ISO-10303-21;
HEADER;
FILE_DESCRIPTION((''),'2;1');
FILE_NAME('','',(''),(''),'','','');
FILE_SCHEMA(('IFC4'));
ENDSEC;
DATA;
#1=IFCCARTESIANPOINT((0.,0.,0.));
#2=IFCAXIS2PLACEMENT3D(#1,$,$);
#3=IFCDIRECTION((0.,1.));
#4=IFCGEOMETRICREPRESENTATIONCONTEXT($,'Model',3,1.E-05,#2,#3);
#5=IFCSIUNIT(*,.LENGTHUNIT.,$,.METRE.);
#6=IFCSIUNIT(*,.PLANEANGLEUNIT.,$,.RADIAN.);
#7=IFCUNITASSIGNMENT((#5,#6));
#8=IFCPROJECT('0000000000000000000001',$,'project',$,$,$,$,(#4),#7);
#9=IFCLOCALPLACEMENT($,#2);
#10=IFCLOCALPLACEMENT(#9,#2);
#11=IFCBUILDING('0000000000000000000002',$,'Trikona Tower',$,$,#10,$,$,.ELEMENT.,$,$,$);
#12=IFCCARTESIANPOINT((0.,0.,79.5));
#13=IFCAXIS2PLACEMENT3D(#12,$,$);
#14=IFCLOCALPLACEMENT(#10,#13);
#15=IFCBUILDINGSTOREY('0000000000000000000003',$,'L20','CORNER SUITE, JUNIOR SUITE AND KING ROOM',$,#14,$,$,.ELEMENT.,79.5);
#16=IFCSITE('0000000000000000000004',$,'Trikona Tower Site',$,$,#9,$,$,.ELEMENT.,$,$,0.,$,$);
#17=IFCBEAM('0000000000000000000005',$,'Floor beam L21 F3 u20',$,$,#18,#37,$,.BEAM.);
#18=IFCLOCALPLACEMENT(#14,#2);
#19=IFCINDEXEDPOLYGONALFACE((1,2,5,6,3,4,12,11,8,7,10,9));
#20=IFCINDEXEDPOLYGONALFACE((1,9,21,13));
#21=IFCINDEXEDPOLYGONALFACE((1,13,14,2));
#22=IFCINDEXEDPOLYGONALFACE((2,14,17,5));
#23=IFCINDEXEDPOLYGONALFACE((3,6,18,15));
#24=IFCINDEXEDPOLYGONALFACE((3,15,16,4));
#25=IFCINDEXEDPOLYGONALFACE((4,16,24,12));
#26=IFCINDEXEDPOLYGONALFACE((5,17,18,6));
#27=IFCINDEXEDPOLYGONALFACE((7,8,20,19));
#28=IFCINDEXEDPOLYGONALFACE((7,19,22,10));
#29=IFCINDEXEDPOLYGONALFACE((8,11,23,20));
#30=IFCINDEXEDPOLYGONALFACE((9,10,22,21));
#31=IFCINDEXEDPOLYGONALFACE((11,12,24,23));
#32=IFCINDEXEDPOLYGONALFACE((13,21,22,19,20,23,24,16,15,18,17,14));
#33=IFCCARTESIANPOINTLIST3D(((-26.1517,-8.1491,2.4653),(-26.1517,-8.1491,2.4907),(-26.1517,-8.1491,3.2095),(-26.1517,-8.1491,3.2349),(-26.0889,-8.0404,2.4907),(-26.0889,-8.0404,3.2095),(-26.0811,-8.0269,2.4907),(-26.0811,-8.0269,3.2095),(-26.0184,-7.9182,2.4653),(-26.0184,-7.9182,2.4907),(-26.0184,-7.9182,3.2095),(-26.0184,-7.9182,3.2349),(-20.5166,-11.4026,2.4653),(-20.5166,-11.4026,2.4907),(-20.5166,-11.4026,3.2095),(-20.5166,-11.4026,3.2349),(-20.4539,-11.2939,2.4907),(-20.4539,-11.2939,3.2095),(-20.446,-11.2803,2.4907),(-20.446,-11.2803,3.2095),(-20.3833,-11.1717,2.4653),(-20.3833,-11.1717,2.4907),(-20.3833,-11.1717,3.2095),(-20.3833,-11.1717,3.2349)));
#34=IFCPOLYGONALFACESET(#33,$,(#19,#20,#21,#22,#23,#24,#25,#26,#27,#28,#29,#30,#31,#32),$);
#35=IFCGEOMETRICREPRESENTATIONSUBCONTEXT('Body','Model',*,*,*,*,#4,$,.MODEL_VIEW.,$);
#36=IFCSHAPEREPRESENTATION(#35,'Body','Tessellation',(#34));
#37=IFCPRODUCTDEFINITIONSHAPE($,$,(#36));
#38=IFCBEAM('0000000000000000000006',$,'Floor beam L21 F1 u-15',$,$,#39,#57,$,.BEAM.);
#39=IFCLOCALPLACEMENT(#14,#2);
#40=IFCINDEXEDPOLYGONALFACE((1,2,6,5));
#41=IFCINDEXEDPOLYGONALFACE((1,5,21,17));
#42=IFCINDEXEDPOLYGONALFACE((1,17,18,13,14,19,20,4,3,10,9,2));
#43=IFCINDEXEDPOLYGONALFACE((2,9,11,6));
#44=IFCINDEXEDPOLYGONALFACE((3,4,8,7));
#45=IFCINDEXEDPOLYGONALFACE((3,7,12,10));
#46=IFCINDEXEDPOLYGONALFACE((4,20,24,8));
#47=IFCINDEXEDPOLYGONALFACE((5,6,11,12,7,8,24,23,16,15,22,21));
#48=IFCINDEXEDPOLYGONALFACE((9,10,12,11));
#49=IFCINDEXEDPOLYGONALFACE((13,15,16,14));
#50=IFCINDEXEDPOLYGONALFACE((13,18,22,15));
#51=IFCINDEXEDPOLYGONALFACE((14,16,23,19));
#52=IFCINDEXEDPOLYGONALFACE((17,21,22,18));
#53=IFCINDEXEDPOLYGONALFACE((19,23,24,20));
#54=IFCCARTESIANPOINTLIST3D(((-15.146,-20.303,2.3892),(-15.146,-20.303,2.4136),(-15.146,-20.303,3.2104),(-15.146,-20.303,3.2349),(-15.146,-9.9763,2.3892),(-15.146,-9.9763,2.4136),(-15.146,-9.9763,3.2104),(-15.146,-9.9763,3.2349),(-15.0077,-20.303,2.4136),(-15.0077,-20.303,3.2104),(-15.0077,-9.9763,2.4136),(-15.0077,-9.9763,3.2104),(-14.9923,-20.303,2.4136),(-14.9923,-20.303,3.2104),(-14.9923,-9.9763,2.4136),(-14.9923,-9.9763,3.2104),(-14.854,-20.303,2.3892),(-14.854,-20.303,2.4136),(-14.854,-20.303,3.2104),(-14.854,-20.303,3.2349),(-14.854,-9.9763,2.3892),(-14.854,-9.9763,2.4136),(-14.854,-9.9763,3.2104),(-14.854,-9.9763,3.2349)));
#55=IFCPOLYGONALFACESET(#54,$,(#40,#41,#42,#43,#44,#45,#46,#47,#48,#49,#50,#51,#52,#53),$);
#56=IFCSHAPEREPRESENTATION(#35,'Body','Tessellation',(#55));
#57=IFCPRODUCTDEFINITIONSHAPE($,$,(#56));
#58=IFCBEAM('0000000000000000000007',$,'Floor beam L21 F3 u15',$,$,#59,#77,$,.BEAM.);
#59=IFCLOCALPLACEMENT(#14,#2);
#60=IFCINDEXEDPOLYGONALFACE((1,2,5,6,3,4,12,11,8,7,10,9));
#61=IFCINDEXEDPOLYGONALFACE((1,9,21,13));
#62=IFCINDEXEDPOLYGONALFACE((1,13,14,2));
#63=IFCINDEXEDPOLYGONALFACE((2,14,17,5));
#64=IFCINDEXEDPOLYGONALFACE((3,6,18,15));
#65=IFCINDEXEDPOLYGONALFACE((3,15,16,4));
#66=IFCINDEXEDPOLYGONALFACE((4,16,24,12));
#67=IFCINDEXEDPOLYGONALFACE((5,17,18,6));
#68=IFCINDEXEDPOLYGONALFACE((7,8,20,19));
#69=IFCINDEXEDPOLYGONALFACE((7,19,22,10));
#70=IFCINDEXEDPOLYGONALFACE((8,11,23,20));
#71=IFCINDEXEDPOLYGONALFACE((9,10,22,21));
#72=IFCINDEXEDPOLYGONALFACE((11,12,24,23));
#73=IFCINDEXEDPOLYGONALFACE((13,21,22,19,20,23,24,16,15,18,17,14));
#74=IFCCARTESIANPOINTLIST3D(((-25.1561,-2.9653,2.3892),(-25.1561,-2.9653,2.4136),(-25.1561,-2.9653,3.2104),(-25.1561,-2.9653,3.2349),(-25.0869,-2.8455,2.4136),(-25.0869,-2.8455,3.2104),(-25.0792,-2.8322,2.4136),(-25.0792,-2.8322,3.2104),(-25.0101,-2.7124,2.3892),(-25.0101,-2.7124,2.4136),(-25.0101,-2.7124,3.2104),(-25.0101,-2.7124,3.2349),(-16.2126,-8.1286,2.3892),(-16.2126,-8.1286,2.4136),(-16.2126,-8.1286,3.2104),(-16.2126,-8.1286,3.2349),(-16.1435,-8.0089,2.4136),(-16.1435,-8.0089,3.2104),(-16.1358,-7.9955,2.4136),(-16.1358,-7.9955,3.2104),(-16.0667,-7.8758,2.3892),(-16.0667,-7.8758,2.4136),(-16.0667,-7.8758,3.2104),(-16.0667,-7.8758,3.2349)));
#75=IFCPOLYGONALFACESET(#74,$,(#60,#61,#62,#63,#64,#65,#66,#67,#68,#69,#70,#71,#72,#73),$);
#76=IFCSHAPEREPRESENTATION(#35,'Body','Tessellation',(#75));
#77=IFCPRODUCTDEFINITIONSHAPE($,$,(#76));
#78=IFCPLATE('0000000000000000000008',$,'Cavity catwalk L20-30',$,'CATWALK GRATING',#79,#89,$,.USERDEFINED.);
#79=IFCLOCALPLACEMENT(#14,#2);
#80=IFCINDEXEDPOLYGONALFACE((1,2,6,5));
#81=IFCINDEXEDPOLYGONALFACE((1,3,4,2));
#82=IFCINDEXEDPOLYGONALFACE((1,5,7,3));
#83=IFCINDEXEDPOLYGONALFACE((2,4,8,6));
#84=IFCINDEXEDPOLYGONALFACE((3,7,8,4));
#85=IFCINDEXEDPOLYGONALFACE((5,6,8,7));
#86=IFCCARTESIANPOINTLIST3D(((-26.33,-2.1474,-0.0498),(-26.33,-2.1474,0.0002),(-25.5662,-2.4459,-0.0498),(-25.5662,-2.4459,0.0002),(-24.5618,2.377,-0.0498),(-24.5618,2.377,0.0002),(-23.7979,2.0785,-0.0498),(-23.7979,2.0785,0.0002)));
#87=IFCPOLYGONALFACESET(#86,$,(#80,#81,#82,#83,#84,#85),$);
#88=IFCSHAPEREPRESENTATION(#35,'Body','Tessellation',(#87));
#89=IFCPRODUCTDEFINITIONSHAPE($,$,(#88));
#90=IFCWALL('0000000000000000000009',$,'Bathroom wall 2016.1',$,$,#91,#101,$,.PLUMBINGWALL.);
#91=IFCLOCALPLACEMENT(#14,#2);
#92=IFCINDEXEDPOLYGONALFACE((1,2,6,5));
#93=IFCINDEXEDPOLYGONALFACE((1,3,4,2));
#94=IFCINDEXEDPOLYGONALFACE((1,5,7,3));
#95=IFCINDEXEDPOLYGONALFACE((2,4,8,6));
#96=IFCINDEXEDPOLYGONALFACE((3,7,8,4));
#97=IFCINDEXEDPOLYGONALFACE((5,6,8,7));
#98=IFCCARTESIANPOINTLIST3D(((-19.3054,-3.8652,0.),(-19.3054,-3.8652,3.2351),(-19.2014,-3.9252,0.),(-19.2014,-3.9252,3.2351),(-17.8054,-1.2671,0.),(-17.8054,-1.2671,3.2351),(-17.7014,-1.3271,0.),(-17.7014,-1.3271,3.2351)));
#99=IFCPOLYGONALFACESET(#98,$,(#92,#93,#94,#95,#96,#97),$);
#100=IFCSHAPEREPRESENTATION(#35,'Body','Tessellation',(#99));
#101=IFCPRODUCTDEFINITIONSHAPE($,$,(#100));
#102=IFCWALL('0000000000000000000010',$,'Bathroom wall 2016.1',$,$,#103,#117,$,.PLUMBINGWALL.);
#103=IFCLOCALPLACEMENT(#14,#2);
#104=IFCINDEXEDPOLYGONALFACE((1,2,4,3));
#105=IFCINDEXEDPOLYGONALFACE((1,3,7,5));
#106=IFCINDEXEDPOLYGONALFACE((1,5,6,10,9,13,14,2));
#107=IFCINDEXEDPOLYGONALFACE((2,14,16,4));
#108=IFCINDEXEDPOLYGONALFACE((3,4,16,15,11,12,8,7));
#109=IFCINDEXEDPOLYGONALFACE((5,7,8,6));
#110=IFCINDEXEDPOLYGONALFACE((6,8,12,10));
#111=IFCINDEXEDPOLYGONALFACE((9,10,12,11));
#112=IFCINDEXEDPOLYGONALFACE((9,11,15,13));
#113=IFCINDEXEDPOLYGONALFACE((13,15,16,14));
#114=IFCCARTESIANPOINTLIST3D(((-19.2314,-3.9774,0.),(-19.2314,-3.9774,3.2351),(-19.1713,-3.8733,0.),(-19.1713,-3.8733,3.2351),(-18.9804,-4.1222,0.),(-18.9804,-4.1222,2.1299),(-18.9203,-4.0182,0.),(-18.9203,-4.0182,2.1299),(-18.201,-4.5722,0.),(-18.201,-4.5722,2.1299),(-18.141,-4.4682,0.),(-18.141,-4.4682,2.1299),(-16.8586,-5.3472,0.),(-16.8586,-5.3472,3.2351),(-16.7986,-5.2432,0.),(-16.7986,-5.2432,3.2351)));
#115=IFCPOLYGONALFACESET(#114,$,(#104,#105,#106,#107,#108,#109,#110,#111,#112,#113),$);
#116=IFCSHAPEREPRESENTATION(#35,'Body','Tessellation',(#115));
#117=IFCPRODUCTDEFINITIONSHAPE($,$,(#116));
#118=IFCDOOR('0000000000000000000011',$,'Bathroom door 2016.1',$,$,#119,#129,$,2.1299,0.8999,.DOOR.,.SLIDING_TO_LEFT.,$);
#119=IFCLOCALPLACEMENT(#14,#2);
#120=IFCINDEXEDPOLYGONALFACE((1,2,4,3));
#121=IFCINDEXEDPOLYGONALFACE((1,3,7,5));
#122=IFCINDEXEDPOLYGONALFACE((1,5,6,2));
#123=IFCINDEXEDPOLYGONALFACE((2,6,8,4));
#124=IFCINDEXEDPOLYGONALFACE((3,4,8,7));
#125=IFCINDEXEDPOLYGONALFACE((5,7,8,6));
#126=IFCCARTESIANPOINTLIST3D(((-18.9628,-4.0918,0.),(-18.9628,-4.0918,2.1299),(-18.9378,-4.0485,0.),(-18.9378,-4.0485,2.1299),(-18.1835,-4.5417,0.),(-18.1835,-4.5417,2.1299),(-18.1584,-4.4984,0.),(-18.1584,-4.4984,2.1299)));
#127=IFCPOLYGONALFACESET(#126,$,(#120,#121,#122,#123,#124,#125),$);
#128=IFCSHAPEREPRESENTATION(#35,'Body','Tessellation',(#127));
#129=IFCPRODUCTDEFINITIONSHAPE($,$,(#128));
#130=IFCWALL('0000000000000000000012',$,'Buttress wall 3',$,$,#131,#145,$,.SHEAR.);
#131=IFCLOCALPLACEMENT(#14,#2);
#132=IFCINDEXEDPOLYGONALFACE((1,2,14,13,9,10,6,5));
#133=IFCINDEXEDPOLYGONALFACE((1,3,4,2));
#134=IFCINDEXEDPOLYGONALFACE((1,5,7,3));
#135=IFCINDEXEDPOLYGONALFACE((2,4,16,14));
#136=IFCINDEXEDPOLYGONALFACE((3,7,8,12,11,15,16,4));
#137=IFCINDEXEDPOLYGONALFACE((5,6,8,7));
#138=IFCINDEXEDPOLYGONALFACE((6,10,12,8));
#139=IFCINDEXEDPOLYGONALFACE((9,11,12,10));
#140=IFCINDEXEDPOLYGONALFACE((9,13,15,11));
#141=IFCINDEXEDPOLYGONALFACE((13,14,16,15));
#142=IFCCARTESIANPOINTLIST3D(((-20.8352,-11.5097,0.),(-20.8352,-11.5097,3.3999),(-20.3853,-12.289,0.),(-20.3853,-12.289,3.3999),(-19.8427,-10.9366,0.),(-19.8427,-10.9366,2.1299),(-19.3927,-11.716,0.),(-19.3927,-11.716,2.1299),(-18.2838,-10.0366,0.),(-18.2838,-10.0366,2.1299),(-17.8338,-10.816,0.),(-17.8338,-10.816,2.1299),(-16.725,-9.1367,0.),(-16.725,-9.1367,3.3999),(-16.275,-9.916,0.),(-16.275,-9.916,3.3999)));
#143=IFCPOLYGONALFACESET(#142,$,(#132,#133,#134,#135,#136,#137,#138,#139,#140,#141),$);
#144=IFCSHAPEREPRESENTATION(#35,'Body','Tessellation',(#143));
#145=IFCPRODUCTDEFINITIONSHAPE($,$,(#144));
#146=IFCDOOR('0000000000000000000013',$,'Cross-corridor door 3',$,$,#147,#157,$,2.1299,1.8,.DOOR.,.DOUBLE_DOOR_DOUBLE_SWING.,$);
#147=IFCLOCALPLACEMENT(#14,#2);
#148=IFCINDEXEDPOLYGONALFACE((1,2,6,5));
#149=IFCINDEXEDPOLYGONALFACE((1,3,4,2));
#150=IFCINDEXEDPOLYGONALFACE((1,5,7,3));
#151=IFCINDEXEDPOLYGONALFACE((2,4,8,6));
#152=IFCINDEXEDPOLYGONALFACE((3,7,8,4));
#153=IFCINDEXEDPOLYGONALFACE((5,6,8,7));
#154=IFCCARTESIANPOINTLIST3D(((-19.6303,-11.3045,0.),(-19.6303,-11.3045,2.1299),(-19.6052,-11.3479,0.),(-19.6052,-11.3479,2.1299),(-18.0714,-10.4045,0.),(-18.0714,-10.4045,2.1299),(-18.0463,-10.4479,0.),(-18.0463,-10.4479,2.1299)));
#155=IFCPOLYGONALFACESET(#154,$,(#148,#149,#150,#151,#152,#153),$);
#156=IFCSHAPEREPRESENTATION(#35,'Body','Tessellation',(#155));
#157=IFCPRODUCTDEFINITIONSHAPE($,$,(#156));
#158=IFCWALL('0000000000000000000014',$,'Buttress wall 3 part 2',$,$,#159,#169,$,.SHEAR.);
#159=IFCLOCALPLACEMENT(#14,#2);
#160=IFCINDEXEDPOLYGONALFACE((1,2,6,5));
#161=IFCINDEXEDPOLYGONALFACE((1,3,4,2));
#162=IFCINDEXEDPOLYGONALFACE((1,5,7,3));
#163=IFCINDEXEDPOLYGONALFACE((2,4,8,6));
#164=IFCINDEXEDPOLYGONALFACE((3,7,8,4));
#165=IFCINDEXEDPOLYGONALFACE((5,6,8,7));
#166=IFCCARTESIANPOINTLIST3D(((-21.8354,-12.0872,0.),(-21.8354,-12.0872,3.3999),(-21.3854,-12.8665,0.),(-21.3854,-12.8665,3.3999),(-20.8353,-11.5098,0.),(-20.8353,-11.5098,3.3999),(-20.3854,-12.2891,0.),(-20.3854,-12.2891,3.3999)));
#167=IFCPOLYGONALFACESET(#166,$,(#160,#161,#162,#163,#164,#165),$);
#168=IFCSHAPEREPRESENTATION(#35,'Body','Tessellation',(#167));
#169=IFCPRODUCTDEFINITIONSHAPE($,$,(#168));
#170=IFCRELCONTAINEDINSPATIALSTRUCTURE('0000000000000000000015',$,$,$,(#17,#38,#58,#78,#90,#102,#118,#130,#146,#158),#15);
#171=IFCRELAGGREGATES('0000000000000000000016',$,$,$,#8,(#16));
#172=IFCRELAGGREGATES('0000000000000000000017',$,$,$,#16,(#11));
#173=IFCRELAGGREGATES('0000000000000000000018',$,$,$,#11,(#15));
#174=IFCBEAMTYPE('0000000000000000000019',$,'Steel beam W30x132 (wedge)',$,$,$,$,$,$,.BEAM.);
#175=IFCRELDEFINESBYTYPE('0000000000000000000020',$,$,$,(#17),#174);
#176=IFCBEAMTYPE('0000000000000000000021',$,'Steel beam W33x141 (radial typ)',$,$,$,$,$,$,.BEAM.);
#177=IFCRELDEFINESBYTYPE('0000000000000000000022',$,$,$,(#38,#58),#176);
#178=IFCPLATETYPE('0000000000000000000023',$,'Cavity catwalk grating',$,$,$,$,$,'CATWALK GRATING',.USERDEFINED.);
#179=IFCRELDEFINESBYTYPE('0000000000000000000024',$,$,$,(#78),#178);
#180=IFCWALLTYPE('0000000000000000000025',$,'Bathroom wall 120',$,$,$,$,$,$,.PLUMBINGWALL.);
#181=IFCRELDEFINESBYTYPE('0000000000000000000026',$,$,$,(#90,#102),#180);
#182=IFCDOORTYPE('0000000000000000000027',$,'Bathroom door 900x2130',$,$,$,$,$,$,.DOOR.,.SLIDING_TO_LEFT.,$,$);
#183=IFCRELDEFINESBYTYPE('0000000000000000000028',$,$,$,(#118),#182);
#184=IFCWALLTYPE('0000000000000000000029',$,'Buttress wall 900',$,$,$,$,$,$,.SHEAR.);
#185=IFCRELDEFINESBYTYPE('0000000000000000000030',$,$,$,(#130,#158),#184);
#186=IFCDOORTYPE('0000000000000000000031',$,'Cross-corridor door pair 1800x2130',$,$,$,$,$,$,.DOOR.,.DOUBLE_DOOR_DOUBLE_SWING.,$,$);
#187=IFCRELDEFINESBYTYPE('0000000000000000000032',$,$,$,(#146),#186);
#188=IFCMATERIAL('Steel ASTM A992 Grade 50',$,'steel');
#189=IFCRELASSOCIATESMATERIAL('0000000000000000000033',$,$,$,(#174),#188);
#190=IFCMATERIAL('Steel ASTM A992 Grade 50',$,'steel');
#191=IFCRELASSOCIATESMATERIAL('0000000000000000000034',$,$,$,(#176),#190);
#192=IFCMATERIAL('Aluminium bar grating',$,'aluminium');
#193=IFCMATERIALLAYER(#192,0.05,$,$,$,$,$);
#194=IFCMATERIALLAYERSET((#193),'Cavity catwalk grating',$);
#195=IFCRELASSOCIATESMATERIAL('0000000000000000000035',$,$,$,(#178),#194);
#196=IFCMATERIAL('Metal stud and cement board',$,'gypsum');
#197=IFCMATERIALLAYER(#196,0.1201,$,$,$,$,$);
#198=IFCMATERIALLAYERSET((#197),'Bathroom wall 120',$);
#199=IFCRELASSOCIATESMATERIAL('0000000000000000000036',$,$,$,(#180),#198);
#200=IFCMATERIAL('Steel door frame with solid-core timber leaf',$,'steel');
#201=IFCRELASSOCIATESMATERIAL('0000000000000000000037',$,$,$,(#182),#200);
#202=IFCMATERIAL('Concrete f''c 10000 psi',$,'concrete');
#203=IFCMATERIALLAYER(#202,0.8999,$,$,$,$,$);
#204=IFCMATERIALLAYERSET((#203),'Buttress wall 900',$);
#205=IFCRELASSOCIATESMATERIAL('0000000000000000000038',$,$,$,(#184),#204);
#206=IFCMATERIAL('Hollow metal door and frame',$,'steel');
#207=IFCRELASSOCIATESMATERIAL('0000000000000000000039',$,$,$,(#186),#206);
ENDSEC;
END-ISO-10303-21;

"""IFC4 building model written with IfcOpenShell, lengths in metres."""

from ifc_helpers import new_model, si_unit, direction, frame, frame_2d, origin, origin_2d, place, context, subcontext, project, spatial, rectangle, i_section, extrude, material, layer, layer_set, material_profile, profile_set, type_object, element, fill, save


model = new_model("IFC4")

# Units and contexts
model_context = context("Model", 3, precision=1e-05, world=origin(), true_north=direction((0.0, 1.0)))
body_context = subcontext(model_context, "Body", "Model", "MODEL_VIEW")
ifc_project = project(units=[si_unit("LENGTHUNIT", "METRE"), si_unit("PLANEANGLEUNIT", "RADIAN")], contexts=[model_context])

# Site, building, storey
site_placement = place(None, origin())
site = spatial("IfcSite", under=ifc_project, at=site_placement, Name="Trikona Tower Site", CompositionType="ELEMENT", RefElevation=0.0)
building_placement = place(site_placement, origin())
building = spatial("IfcBuilding", under=site, at=building_placement, Name="Trikona Tower", CompositionType="ELEMENT")
storey_placement = place(building_placement, frame((0.0, 0.0, 79.5)))
storey = spatial("IfcBuildingStorey", under=building, at=storey_placement, Name="L20", Description="CORNER SUITE, JUNIOR SUITE AND KING ROOM", CompositionType="ELEMENT", Elevation=79.5)

# Beams
ifc_material_1 = material(Name="Steel ASTM A992 Grade 50", Category="steel")
ifc_material_profile_1 = material_profile(ifc_material_1, i_section(OverallWidth=0.2666, OverallDepth=0.7695, WebThickness=0.0156, FlangeThickness=0.0254, at=origin_2d()), Name="W30X132")
ifc_profile_set_1 = profile_set([ifc_material_profile_1], Name="Steel ASTM A992 Grade 50")
beam_type_1 = type_object("IfcBeamType", Name="Steel beam W30x132 (wedge)", PredefinedType="BEAM", material=ifc_profile_set_1)
beam_1_placement = place(storey_placement, frame((-20.45, -11.2871, 2.8501), z_axis=(-0.866023, 0.500005, 0.0), x_axis=(-0.500005, -0.866023, 0.0)))
element("IfcBeam", 1, at=beam_1_placement, inside=storey, type_object=beam_type_1, Name="Floor beam L21 F3 u20", PredefinedType="BEAM", context=body_context, shape_type="SweptSolid", body=[
    extrude(i_section(OverallWidth=0.2666, OverallDepth=0.7695, WebThickness=0.0156, FlangeThickness=0.0254, at=origin_2d()), origin(), (0.0, 0.0, 1.0), 6.5068),
])
ifc_material_2 = material(Name="Steel ASTM A992 Grade 50", Category="steel")
ifc_material_profile_2 = material_profile(ifc_material_2, i_section(OverallWidth=0.292, OverallDepth=0.8457, WebThickness=0.0154, FlangeThickness=0.0244, at=origin_2d()), Name="W33X141")
ifc_profile_set_2 = profile_set([ifc_material_profile_2], Name="Steel ASTM A992 Grade 50")
beam_type_2 = type_object("IfcBeamType", Name="Steel beam W33x141 (radial typ)", PredefinedType="BEAM", material=ifc_profile_set_2)
beam_2_placement = place(storey_placement, frame((-15.0, -9.9763, 2.812), z_axis=(0.0, -1.0, 0.0), x_axis=(1.0, 0.0, 0.0)))
element("IfcBeam", 2, at=beam_2_placement, inside=storey, type_object=beam_type_2, Name="Floor beam L21 F1 u-15", PredefinedType="BEAM", context=body_context, shape_type="SweptSolid", body=[
    extrude(i_section(OverallWidth=0.292, OverallDepth=0.8457, WebThickness=0.0154, FlangeThickness=0.0244, at=origin_2d()), origin(), (0.0, 0.0, 1.0), 10.3267),
])
beam_3_placement = place(storey_placement, frame((-16.1396, -8.0022, 2.812), z_axis=(-0.86603, 0.499991, 0.0), x_axis=(-0.499991, -0.86603, 0.0)))
element("IfcBeam", 3, at=beam_3_placement, inside=storey, type_object=beam_type_2, Name="Floor beam L21 F3 u15", PredefinedType="BEAM", context=body_context, shape_type="SweptSolid", body=[
    extrude(i_section(OverallWidth=0.292, OverallDepth=0.8457, WebThickness=0.0154, FlangeThickness=0.0244, at=origin_2d()), origin(), (0.0, 0.0, 1.0), 10.3269),
])

# Plate
ifc_material_3 = material(Name="Aluminium bar grating", Category="aluminium")
ifc_layer_1 = layer(ifc_material_3, 0.05)
ifc_layer_set_1 = layer_set([ifc_layer_1], Name="Cavity catwalk grating")
plate_type = type_object("IfcPlateType", Name="Cavity catwalk grating", ElementType="CATWALK GRATING", PredefinedType="USERDEFINED", material=ifc_layer_set_1)
plate_placement = place(storey_placement, frame((-25.064, -0.0344, -0.0498), z_axis=(0.0, 0.0, 1.0), x_axis=(-0.364009, -0.931395, 0.0)))
element("IfcPlate", 4, at=plate_placement, inside=storey, type_object=plate_type, Name="Cavity catwalk L20-30", ObjectType="CATWALK GRATING", PredefinedType="USERDEFINED", context=body_context, shape_type="SweptSolid", body=[
    extrude(rectangle(XDim=4.8577, YDim=0.8201, at=origin_2d()), origin(), (0.0, 0.0, 1.0), 0.05),
])

# Wall
ifc_material_4 = material(Name="Metal stud and cement board", Category="gypsum")
ifc_layer_2 = layer(ifc_material_4, 0.1201)
ifc_layer_set_2 = layer_set([ifc_layer_2], Name="Bathroom wall 120")
wall_type_1 = type_object("IfcWallType", Name="Bathroom wall 120", PredefinedType="PLUMBINGWALL", material=ifc_layer_set_2)
wall_1_placement = place(storey_placement, frame((-17.7534, -1.2971, 0.0), z_axis=(0.0, 0.0, 1.0), x_axis=(-0.49999, -0.866031, 0.0)))
element("IfcWall", 5, at=wall_1_placement, inside=storey, type_object=wall_type_1, Name="Bathroom wall 2016.1", PredefinedType="PLUMBINGWALL", context=body_context, shape_type="SweptSolid", body=[
    extrude(rectangle(XDim=3.0, YDim=0.1201, at=frame_2d((1.5, 0.0))), origin(), (0.0, 0.0, 1.0), 3.2351),
])

# Walls, openings, doors
wall_2_placement = place(storey_placement, frame((-16.8286, -5.2952, 0.0), z_axis=(0.0, 0.0, 1.0), x_axis=(-0.866036, 0.499982, 0.0)))
wall_2 = element("IfcWall", 6, at=wall_2_placement, inside=storey, type_object=wall_type_1, Name="Bathroom wall 2016.1", PredefinedType="PLUMBINGWALL", context=body_context, shape_type="SweptSolid", body=[
    extrude(rectangle(XDim=2.7397, YDim=0.1201, at=frame_2d((1.3699, 0.0))), origin(), (0.0, 0.0, 1.0), 3.2351),
])
opening_1_placement = place(wall_2_placement, frame((1.55, 0.0, 0.0)))
opening_1 = element("IfcOpeningElement", 7, at=opening_1_placement, cuts=wall_2, PredefinedType="OPENING", context=body_context, shape_type="SweptSolid", body=[
    extrude(rectangle(XDim=0.8999, YDim=2.1299, at=frame_2d((0.45, 1.0649))), frame((0.0, 0.0701, 0.0), z_axis=(0.0, -1.0, 0.0), x_axis=(1.0, 0.0, 0.0)), (0.0, 0.0, 1.0), 0.1401),
])
ifc_material_5 = material(Name="Steel door frame with solid-core timber leaf", Category="steel")
door_type_1 = type_object("IfcDoorType", Name="Bathroom door 900x2130", OperationType="SLIDING_TO_LEFT", PredefinedType="DOOR", material=ifc_material_5)
door_1_placement = place(opening_1_placement, origin())
door_1 = element("IfcDoor", 8, at=door_1_placement, inside=storey, type_object=door_type_1, Name="Bathroom door 2016.1", OperationType="SLIDING_TO_LEFT", OverallHeight=2.1299, OverallWidth=0.8999, PredefinedType="DOOR", context=body_context, shape_type="SweptSolid", body=[
    extrude(rectangle(XDim=0.8999, YDim=2.1299, at=frame_2d((0.45, 1.0649))), frame((0.0, 0.0249, 0.0), z_axis=(0.0, -1.0, 0.0), x_axis=(1.0, 0.0, 0.0)), (0.0, 0.0, 1.0), 0.05),
])
fill(opening_1, door_1)
ifc_material_6 = material(Name="Concrete f'c 10000 psi", Category="concrete")
ifc_layer_3 = layer(ifc_material_6, 0.8999)
ifc_layer_set_3 = layer_set([ifc_layer_3], Name="Buttress wall 900")
wall_type_2 = type_object("IfcWallType", Name="Buttress wall 900", PredefinedType="SHEAR", material=ifc_layer_set_3)
wall_3_placement = place(storey_placement, frame((-16.5, -9.5264, 0.0), z_axis=(0.0, 0.0, 1.0), x_axis=(-0.866031, -0.49999, 0.0)))
wall_3 = element("IfcWall", 9, at=wall_3_placement, inside=storey, type_object=wall_type_2, Name="Buttress wall 3", PredefinedType="SHEAR", context=body_context, shape_type="SweptSolid", body=[
    extrude(rectangle(XDim=4.7461, YDim=0.8999, at=frame_2d((2.373, 0.0))), origin(), (0.0, 0.0, 1.0), 3.3999),
])
opening_2_placement = place(wall_3_placement, frame((1.8, 0.0, 0.0)))
opening_2 = element("IfcOpeningElement", 10, at=opening_2_placement, cuts=wall_3, PredefinedType="OPENING", context=body_context, shape_type="SweptSolid", body=[
    extrude(rectangle(XDim=1.8, YDim=2.1299, at=frame_2d((0.8999, 1.0649))), frame((0.0, 0.46, 0.0), z_axis=(0.0, -1.0, 0.0), x_axis=(1.0, 0.0, 0.0)), (0.0, 0.0, 1.0), 0.9199),
])
ifc_material_7 = material(Name="Hollow metal door and frame", Category="steel")
door_type_2 = type_object("IfcDoorType", Name="Cross-corridor door pair 1800x2130", OperationType="DOUBLE_DOOR_DOUBLE_SWING", PredefinedType="DOOR", material=ifc_material_7)
door_2_placement = place(opening_2_placement, origin())
door_2 = element("IfcDoor", 11, at=door_2_placement, inside=storey, type_object=door_type_2, Name="Cross-corridor door 3", OperationType="DOUBLE_DOOR_DOUBLE_SWING", OverallHeight=2.1299, OverallWidth=1.8, PredefinedType="DOOR", context=body_context, shape_type="SweptSolid", body=[
    extrude(rectangle(XDim=1.8, YDim=2.1299, at=frame_2d((0.8999, 1.0649))), frame((0.0, 0.0249, 0.0), z_axis=(0.0, -1.0, 0.0), x_axis=(1.0, 0.0, 0.0)), (0.0, 0.0, 1.0), 0.05),
])
fill(opening_2, door_2)

# Wall
wall_4_placement = place(storey_placement, frame((-20.6104, -11.8994, 0.0), z_axis=(0.0, 0.0, 1.0), x_axis=(-0.86601, -0.500027, 0.0)))
element("IfcWall", 12, at=wall_4_placement, inside=storey, type_object=wall_type_2, Name="Buttress wall 3 part 2", PredefinedType="SHEAR", context=body_context, shape_type="SweptSolid", body=[
    extrude(rectangle(XDim=1.1548, YDim=0.8999, at=frame_2d((0.5774, 0.0))), origin(), (0.0, 0.0, 1.0), 3.3999),
])

save(model, "model.ifc")
